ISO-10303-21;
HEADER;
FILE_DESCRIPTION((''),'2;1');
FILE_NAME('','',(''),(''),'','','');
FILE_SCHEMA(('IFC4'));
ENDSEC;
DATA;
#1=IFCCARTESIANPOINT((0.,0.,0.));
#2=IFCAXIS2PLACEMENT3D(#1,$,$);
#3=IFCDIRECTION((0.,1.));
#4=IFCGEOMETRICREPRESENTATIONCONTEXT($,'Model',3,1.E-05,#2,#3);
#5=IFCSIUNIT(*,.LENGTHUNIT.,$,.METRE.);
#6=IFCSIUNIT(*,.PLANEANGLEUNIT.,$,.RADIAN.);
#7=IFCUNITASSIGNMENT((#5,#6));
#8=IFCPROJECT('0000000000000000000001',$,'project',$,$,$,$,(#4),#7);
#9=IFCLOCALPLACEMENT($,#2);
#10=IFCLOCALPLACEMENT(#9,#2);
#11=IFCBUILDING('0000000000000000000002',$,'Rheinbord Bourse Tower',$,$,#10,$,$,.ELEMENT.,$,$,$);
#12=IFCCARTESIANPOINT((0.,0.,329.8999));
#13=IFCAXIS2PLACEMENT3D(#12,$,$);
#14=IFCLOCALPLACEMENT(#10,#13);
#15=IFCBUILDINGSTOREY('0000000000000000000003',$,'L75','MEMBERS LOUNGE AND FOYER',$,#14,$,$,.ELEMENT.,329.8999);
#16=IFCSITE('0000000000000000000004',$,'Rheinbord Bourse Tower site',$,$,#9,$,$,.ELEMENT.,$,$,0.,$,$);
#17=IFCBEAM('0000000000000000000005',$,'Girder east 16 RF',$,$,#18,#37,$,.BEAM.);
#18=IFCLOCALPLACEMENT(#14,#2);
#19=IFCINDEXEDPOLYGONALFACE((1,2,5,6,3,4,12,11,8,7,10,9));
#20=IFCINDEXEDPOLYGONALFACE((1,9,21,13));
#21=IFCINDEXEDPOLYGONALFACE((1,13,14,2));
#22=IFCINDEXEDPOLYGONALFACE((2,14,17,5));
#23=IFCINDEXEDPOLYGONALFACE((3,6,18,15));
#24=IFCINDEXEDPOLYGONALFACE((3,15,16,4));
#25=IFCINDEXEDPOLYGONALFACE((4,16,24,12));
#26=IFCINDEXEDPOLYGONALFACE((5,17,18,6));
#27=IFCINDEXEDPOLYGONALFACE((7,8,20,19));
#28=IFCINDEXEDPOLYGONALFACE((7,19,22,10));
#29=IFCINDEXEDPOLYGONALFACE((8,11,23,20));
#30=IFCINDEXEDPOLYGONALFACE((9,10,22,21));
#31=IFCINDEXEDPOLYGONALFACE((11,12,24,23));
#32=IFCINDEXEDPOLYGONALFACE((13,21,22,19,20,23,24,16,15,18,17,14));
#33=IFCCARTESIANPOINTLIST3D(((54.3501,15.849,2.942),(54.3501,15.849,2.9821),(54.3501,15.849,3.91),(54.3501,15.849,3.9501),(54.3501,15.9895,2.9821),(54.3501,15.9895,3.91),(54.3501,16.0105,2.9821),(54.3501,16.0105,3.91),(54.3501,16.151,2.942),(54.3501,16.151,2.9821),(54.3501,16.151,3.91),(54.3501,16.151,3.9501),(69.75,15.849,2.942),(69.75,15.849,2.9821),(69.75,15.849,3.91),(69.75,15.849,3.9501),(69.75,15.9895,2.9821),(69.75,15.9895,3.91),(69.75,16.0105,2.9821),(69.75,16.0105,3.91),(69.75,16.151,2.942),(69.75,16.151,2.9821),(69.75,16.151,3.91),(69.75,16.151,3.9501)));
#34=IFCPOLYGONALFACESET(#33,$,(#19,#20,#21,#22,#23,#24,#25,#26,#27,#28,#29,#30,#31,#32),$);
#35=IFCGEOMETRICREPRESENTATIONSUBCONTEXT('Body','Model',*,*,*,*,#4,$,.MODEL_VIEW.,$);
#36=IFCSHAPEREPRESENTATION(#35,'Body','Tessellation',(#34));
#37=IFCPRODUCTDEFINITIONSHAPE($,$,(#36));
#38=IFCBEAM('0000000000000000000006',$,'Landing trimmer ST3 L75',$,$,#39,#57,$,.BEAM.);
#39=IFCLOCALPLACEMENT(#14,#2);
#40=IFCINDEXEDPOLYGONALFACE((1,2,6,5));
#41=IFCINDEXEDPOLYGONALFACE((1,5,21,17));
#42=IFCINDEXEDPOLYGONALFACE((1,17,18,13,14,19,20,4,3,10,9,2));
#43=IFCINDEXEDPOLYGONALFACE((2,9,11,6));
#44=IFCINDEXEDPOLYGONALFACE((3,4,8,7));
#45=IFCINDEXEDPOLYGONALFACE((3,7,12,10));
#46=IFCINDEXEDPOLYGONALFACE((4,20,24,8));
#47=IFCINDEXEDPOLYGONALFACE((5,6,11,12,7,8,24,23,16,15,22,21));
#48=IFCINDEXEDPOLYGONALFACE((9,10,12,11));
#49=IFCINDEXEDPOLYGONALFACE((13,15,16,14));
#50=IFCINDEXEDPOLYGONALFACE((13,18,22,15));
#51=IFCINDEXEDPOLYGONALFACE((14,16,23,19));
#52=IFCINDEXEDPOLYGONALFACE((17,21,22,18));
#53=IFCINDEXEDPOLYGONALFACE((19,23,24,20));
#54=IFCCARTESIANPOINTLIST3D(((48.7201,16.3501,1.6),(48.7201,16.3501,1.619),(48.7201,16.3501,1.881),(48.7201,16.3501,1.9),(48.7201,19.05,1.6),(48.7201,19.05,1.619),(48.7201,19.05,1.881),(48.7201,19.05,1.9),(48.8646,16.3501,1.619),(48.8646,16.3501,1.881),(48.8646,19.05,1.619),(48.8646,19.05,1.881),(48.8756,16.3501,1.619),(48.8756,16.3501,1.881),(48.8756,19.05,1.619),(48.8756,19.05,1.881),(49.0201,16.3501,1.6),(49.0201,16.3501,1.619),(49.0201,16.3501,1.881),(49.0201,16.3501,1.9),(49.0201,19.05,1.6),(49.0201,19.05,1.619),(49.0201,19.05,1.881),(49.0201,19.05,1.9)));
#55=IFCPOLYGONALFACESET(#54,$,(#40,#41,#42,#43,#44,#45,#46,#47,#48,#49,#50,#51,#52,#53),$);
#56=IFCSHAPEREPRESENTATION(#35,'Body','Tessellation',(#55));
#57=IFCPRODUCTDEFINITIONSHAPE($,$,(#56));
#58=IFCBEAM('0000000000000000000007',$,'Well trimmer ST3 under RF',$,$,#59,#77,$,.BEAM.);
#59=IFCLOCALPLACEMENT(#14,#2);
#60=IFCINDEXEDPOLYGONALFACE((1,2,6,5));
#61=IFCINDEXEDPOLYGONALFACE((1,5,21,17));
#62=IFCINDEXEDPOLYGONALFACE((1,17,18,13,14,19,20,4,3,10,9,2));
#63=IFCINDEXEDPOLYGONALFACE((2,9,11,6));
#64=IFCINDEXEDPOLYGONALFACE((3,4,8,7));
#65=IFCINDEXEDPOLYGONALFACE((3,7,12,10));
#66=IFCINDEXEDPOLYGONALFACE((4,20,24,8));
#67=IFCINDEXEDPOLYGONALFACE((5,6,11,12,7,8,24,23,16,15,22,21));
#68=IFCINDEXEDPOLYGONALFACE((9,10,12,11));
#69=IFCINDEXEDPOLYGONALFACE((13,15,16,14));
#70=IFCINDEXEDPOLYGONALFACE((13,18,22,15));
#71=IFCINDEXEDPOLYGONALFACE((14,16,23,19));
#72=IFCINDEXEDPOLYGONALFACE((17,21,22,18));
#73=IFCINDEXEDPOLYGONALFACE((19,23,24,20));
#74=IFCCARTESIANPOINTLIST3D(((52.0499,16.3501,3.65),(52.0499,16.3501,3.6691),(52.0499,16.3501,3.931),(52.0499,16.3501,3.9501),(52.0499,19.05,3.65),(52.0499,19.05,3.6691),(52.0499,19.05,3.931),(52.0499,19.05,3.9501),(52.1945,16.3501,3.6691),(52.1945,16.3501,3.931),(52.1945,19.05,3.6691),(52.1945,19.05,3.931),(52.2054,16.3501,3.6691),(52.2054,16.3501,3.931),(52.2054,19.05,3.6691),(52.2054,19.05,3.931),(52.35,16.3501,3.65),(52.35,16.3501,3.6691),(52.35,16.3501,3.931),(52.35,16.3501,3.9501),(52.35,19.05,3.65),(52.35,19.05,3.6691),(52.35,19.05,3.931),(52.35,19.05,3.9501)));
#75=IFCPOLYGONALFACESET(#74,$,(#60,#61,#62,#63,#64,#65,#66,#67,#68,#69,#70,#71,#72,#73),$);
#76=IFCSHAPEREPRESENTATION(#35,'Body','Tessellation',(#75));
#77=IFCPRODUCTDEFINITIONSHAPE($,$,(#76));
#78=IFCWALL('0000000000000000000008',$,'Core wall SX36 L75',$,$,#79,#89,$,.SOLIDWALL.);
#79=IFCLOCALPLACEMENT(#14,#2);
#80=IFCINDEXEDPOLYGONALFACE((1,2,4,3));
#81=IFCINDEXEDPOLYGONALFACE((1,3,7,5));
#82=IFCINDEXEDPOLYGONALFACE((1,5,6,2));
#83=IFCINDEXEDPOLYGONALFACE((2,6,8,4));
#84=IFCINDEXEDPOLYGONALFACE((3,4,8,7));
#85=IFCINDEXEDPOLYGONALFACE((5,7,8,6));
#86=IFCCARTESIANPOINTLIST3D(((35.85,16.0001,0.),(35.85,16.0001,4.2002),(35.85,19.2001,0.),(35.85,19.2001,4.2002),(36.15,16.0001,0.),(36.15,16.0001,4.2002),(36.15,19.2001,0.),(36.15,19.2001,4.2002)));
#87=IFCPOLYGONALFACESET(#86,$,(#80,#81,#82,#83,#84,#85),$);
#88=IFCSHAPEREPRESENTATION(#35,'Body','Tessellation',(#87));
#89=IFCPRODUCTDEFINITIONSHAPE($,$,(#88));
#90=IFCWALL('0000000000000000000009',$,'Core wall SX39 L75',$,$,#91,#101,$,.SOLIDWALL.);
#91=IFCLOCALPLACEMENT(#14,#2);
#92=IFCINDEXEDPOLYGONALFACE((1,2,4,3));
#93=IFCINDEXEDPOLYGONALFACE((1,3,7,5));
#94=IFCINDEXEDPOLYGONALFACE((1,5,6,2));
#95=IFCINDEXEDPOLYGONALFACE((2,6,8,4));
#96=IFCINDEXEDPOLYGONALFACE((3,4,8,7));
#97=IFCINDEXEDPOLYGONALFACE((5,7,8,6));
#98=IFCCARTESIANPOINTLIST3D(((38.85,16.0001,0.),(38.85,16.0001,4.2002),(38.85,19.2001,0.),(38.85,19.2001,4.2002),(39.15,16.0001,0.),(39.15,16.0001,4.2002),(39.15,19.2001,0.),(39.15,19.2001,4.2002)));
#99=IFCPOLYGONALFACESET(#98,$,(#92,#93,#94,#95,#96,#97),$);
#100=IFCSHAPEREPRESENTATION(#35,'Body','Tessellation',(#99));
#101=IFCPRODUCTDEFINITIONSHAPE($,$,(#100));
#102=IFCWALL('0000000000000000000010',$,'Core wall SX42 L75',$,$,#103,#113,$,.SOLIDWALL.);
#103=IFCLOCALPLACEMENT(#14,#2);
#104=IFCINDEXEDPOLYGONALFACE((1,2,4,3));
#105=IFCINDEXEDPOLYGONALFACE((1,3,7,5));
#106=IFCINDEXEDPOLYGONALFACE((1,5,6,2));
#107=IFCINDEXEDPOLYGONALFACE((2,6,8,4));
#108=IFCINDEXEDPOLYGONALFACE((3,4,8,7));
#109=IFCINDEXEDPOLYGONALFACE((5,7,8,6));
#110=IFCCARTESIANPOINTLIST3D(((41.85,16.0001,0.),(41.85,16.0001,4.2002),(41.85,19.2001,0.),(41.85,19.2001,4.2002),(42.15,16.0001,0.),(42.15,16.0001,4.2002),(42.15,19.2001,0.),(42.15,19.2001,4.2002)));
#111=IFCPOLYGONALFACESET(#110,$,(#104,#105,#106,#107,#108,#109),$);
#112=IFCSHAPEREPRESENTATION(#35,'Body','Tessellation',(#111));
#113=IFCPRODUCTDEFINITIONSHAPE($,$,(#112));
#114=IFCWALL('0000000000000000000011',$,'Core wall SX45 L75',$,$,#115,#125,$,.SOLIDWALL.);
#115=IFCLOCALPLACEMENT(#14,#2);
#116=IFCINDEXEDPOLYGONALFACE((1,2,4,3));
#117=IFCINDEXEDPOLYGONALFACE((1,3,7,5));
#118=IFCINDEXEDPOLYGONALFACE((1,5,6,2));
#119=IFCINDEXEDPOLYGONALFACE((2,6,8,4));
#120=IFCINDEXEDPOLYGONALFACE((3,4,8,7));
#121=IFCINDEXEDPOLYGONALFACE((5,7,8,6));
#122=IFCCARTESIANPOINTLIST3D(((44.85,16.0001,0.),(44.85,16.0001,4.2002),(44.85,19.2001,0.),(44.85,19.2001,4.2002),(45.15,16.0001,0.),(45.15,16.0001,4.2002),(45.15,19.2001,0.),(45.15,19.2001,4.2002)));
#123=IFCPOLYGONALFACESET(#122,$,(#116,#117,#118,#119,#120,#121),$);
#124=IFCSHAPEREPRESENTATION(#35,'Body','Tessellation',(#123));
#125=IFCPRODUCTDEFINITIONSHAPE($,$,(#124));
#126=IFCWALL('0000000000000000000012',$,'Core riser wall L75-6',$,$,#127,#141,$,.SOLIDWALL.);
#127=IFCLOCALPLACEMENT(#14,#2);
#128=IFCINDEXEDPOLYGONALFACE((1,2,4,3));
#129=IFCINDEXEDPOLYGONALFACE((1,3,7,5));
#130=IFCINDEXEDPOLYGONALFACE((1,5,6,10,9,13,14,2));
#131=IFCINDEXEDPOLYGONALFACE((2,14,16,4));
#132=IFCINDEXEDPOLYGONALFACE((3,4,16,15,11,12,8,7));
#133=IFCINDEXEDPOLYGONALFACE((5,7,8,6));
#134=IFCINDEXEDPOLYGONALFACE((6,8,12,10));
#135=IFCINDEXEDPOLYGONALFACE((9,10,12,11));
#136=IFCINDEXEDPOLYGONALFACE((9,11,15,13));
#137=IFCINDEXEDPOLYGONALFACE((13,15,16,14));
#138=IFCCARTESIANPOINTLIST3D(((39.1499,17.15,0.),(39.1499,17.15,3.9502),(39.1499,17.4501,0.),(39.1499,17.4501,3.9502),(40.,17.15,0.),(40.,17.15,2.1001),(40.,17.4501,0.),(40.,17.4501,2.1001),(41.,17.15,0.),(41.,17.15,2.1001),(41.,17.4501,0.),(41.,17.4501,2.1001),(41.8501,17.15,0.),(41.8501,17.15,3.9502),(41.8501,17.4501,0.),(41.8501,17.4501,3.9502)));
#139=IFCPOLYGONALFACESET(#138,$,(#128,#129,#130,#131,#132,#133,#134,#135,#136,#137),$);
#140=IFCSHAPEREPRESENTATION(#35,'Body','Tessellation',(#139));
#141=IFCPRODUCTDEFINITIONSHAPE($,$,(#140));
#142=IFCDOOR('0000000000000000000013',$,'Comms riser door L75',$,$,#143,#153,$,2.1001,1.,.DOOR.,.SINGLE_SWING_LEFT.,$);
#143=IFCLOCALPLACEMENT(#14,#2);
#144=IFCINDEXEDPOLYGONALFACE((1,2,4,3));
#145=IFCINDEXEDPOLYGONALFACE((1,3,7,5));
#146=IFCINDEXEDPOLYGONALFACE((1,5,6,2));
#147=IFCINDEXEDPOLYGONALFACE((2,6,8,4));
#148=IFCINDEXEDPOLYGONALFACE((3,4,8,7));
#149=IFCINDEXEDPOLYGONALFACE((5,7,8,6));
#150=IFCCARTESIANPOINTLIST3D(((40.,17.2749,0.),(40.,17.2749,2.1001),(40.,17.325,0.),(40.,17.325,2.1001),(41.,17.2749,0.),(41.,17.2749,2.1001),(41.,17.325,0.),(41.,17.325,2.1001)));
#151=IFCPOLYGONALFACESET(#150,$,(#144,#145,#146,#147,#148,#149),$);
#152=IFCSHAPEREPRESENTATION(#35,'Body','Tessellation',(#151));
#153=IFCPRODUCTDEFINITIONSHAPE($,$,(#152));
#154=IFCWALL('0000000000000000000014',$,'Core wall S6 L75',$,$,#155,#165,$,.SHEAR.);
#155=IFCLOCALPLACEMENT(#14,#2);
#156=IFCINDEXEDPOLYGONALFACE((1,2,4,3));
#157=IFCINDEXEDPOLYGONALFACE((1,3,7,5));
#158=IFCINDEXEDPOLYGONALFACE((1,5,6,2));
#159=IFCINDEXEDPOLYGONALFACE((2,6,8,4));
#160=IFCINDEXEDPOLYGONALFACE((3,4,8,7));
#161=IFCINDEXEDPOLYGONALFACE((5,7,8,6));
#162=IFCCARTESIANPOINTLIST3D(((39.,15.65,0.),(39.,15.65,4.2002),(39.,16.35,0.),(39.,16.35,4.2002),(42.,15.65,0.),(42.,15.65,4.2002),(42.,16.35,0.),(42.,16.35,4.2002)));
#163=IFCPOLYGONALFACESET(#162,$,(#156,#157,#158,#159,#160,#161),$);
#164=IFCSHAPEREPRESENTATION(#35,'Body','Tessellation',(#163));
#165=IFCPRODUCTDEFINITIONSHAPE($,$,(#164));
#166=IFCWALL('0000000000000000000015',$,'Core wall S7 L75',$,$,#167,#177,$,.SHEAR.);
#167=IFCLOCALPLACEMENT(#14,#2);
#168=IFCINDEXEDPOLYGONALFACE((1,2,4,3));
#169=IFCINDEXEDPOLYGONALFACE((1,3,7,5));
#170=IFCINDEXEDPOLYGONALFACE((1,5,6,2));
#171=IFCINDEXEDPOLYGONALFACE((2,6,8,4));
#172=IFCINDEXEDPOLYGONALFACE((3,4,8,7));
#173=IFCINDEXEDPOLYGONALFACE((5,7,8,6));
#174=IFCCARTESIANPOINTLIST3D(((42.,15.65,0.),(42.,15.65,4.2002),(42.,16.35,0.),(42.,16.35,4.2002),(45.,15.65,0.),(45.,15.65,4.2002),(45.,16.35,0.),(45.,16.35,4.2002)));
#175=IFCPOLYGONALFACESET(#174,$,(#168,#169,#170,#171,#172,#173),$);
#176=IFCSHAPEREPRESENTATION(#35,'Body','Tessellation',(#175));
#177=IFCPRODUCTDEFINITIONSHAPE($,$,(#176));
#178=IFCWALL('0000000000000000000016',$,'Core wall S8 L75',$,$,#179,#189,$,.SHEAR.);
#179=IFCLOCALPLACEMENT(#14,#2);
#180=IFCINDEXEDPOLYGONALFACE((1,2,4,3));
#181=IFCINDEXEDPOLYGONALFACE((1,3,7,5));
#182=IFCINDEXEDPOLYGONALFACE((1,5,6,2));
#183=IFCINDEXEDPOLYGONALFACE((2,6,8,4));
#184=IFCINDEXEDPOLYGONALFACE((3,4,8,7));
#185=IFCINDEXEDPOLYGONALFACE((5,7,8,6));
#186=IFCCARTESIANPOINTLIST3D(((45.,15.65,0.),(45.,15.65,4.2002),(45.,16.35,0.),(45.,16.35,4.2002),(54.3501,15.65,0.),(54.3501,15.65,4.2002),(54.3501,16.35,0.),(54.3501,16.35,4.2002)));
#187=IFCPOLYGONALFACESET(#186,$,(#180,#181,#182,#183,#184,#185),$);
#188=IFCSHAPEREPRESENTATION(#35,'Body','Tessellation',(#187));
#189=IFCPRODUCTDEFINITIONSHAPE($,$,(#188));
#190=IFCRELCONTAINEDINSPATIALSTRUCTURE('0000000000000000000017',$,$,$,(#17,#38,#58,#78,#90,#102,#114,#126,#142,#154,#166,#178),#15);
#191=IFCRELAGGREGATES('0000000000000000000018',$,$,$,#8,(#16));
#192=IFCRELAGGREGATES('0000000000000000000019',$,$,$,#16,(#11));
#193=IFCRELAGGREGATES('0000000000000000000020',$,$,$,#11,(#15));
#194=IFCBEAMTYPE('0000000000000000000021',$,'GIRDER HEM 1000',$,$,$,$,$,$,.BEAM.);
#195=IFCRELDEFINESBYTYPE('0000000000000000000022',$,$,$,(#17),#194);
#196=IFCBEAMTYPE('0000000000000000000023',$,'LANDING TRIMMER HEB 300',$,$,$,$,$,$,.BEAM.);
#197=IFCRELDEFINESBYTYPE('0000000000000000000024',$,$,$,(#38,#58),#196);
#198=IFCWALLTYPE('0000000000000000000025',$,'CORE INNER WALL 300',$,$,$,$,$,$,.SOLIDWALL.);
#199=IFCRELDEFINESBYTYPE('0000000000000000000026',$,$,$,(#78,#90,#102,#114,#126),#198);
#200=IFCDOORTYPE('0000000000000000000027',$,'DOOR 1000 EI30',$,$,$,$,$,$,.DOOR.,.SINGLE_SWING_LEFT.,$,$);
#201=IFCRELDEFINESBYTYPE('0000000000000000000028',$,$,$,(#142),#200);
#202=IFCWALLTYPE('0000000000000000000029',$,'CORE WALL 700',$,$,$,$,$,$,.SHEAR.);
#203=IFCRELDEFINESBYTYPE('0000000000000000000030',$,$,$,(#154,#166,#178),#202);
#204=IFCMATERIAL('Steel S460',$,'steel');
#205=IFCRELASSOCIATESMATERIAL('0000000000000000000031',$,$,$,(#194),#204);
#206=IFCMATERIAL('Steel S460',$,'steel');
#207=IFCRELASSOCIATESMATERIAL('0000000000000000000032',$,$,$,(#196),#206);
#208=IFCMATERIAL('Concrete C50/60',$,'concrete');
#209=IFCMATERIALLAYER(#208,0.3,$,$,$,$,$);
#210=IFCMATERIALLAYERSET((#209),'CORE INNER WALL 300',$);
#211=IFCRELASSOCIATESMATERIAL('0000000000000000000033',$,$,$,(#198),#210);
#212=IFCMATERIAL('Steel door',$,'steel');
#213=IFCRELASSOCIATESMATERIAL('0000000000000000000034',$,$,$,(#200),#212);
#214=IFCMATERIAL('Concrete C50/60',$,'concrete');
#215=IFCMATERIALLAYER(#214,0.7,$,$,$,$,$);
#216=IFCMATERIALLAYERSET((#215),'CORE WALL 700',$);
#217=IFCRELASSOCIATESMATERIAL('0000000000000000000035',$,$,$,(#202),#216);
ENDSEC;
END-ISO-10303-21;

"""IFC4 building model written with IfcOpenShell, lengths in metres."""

from ifc_helpers import new_model, si_unit, direction, frame, frame_2d, origin, origin_2d, place, context, subcontext, project, spatial, rectangle, i_section, extrude, material, layer, layer_set, material_profile, profile_set, type_object, element, fill, save


model = new_model("IFC4")

# Units and contexts
model_context = context("Model", 3, precision=1e-05, world=origin(), true_north=direction((0.0, 1.0)))
body_context = subcontext(model_context, "Body", "Model", "MODEL_VIEW")
ifc_project = project(units=[si_unit("LENGTHUNIT", "METRE"), si_unit("PLANEANGLEUNIT", "RADIAN")], contexts=[model_context])

# Site, building, storey
site_placement = place(None, origin())
site = spatial("IfcSite", under=ifc_project, at=site_placement, Name="Rheinbord Bourse Tower site", CompositionType="ELEMENT", RefElevation=0.0)
building_placement = place(site_placement, origin())
building = spatial("IfcBuilding", under=site, at=building_placement, Name="Rheinbord Bourse Tower", CompositionType="ELEMENT")
storey_placement = place(building_placement, frame((0.0, 0.0, 329.8999)))
storey = spatial("IfcBuildingStorey", under=building, at=storey_placement, Name="L75", Description="MEMBERS LOUNGE AND FOYER", CompositionType="ELEMENT", Elevation=329.8999)

# Beams
ifc_material_1 = material(Name="Steel S460", Category="steel")
ifc_material_profile_1 = material_profile(ifc_material_1, i_section(OverallWidth=0.302, OverallDepth=1.0081, WebThickness=0.021, FlangeThickness=0.04, at=origin_2d()), Name="HEM 1000")
ifc_profile_set_1 = profile_set([ifc_material_profile_1], Name="Steel S460")
beam_type_1 = type_object("IfcBeamType", Name="GIRDER HEM 1000", PredefinedType="BEAM", material=ifc_profile_set_1)
beam_placement = place(storey_placement, frame((54.3501, 16.0, 3.446), z_axis=(1.0, 0.0, 0.0), x_axis=(0.0, 1.0, 0.0)))
element("IfcBeam", 1, at=beam_placement, inside=storey, type_object=beam_type_1, Name="Girder east 16 RF", PredefinedType="BEAM", context=body_context, shape_type="SweptSolid", body=[
    extrude(i_section(OverallWidth=0.302, OverallDepth=1.0081, WebThickness=0.021, FlangeThickness=0.04, at=origin_2d()), origin(), (0.0, 0.0, 1.0), 15.3999),
])
ifc_material_2 = material(Name="Steel S460", Category="steel")
ifc_material_profile_2 = material_profile(ifc_material_2, i_section(OverallWidth=0.3, OverallDepth=0.3, WebThickness=0.011, FlangeThickness=0.019, at=origin_2d()), Name="HEB 300")
ifc_profile_set_2 = profile_set([ifc_material_profile_2], Name="Steel S460")
beam_type_2 = type_object("IfcBeamType", Name="LANDING TRIMMER HEB 300", PredefinedType="BEAM", material=ifc_profile_set_2)
for number, where, z_axis, x_axis, name in (
    (2, (48.8701, 16.3501, 1.75), (0.0, 1.0, 0.0), (-1.0, 0.0, 0.0), "Landing trimmer ST3 L75"),
    (3, (52.2, 16.3501, 3.8), (0.0, 1.0, 0.0), (-1.0, 0.0, 0.0), "Well trimmer ST3 under RF"),
):
    element("IfcBeam", number, at=place(storey_placement, frame(where, z_axis=z_axis, x_axis=x_axis)), inside=storey, type_object=beam_type_2, Name=name, PredefinedType="BEAM", context=body_context, shape_type="SweptSolid", body=[
        extrude(i_section(OverallWidth=0.3, OverallDepth=0.3, WebThickness=0.011, FlangeThickness=0.019, at=origin_2d()), origin(), (0.0, 0.0, 1.0), 2.7),
    ])

# Walls
ifc_material_3 = material(Name="Concrete C50/60", Category="concrete")
ifc_layer_1 = layer(ifc_material_3, 0.3)
ifc_layer_set_1 = layer_set([ifc_layer_1], Name="CORE INNER WALL 300")
wall_type_1 = type_object("IfcWallType", Name="CORE INNER WALL 300", PredefinedType="SOLIDWALL", material=ifc_layer_set_1)
for number, where, z_axis, x_axis, name in (
    (4, (36.0, 16.0, 0.0), (0.0, 0.0, 1.0), (0.0, 1.0, 0.0), "Core wall SX36 L75"),
    (5, (39.0, 16.0, 0.0), (0.0, 0.0, 1.0), (0.0, 1.0, 0.0), "Core wall SX39 L75"),
    (6, (42.0, 16.0, 0.0), (0.0, 0.0, 1.0), (0.0, 1.0, 0.0), "Core wall SX42 L75"),
    (7, (45.0, 16.0, 0.0), (0.0, 0.0, 1.0), (0.0, 1.0, 0.0), "Core wall SX45 L75"),
):
    element("IfcWall", number, at=place(storey_placement, frame(where, z_axis=z_axis, x_axis=x_axis)), inside=storey, type_object=wall_type_1, Name=name, PredefinedType="SOLIDWALL", context=body_context, shape_type="SweptSolid", body=[
        extrude(rectangle(XDim=3.2, YDim=0.3, at=frame_2d((1.6001, 0.0))), origin(), (0.0, 0.0, 1.0), 4.2002),
    ])

# Wall, opening, door
wall_1_placement = place(storey_placement, frame((39.1499, 17.3, 0.0), z_axis=(0.0, 0.0, 1.0), x_axis=(1.0, 0.0, 0.0)))
wall_1 = element("IfcWall", 8, at=wall_1_placement, inside=storey, type_object=wall_type_1, Name="Core riser wall L75-6", PredefinedType="SOLIDWALL", context=body_context, shape_type="SweptSolid", body=[
    extrude(rectangle(XDim=2.7002, YDim=0.3, at=frame_2d((1.3501, 0.0))), origin(), (0.0, 0.0, 1.0), 3.9502),
])
opening_1_placement = place(wall_1_placement, frame((0.8501, 0.0, 0.0)))
opening_1 = element("IfcOpeningElement", 9, at=opening_1_placement, cuts=wall_1, PredefinedType="OPENING", context=body_context, shape_type="SweptSolid", body=[
    extrude(rectangle(XDim=1.0, YDim=2.1001, at=frame_2d((0.5, 1.05))), frame((0.0, 0.1599, 0.0), z_axis=(0.0, -1.0, 0.0), x_axis=(1.0, 0.0, 0.0)), (0.0, 0.0, 1.0), 0.3201),
])
ifc_material_4 = material(Name="Steel door", Category="steel")
door_type_1 = type_object("IfcDoorType", Name="DOOR 1000 EI30", OperationType="SINGLE_SWING_LEFT", PredefinedType="DOOR", material=ifc_material_4)
door_1_placement = place(opening_1_placement, origin())
door_1 = element("IfcDoor", 10, at=door_1_placement, inside=storey, type_object=door_type_1, Name="Comms riser door L75", OperationType="SINGLE_SWING_LEFT", OverallHeight=2.1001, OverallWidth=1.0, PredefinedType="DOOR", context=body_context, shape_type="SweptSolid", body=[
    extrude(rectangle(XDim=1.0, YDim=2.1001, at=frame_2d((0.5, 1.05))), frame((0.0, 0.0249, 0.0), z_axis=(0.0, -1.0, 0.0), x_axis=(1.0, 0.0, 0.0)), (0.0, 0.0, 1.0), 0.05),
])
fill(opening_1, door_1)

# Walls
ifc_material_5 = material(Name="Concrete C50/60", Category="concrete")
ifc_layer_2 = layer(ifc_material_5, 0.7)
ifc_layer_set_2 = layer_set([ifc_layer_2], Name="CORE WALL 700")
wall_type_2 = type_object("IfcWallType", Name="CORE WALL 700", PredefinedType="SHEAR", material=ifc_layer_set_2)
for number, where, z_axis, x_axis, name in (
    (11, (39.0, 16.0, 0.0), (0.0, 0.0, 1.0), (1.0, 0.0, 0.0), "Core wall S6 L75"),
    (12, (42.0, 16.0, 0.0), (0.0, 0.0, 1.0), (1.0, 0.0, 0.0), "Core wall S7 L75"),
):
    element("IfcWall", number, at=place(storey_placement, frame(where, z_axis=z_axis, x_axis=x_axis)), inside=storey, type_object=wall_type_2, Name=name, PredefinedType="SHEAR", context=body_context, shape_type="SweptSolid", body=[
        extrude(rectangle(XDim=3.0, YDim=0.7, at=frame_2d((1.5, 0.0))), origin(), (0.0, 0.0, 1.0), 4.2002),
    ])
wall_2_placement = place(storey_placement, frame((45.0, 16.0, 0.0), z_axis=(0.0, 0.0, 1.0), x_axis=(1.0, 0.0, 0.0)))
element("IfcWall", 13, at=wall_2_placement, inside=storey, type_object=wall_type_2, Name="Core wall S8 L75", PredefinedType="SHEAR", context=body_context, shape_type="SweptSolid", body=[
    extrude(rectangle(XDim=9.3501, YDim=0.7, at=frame_2d((4.675, 0.0))), origin(), (0.0, 0.0, 1.0), 4.2002),
])

save(model, "model.ifc")
